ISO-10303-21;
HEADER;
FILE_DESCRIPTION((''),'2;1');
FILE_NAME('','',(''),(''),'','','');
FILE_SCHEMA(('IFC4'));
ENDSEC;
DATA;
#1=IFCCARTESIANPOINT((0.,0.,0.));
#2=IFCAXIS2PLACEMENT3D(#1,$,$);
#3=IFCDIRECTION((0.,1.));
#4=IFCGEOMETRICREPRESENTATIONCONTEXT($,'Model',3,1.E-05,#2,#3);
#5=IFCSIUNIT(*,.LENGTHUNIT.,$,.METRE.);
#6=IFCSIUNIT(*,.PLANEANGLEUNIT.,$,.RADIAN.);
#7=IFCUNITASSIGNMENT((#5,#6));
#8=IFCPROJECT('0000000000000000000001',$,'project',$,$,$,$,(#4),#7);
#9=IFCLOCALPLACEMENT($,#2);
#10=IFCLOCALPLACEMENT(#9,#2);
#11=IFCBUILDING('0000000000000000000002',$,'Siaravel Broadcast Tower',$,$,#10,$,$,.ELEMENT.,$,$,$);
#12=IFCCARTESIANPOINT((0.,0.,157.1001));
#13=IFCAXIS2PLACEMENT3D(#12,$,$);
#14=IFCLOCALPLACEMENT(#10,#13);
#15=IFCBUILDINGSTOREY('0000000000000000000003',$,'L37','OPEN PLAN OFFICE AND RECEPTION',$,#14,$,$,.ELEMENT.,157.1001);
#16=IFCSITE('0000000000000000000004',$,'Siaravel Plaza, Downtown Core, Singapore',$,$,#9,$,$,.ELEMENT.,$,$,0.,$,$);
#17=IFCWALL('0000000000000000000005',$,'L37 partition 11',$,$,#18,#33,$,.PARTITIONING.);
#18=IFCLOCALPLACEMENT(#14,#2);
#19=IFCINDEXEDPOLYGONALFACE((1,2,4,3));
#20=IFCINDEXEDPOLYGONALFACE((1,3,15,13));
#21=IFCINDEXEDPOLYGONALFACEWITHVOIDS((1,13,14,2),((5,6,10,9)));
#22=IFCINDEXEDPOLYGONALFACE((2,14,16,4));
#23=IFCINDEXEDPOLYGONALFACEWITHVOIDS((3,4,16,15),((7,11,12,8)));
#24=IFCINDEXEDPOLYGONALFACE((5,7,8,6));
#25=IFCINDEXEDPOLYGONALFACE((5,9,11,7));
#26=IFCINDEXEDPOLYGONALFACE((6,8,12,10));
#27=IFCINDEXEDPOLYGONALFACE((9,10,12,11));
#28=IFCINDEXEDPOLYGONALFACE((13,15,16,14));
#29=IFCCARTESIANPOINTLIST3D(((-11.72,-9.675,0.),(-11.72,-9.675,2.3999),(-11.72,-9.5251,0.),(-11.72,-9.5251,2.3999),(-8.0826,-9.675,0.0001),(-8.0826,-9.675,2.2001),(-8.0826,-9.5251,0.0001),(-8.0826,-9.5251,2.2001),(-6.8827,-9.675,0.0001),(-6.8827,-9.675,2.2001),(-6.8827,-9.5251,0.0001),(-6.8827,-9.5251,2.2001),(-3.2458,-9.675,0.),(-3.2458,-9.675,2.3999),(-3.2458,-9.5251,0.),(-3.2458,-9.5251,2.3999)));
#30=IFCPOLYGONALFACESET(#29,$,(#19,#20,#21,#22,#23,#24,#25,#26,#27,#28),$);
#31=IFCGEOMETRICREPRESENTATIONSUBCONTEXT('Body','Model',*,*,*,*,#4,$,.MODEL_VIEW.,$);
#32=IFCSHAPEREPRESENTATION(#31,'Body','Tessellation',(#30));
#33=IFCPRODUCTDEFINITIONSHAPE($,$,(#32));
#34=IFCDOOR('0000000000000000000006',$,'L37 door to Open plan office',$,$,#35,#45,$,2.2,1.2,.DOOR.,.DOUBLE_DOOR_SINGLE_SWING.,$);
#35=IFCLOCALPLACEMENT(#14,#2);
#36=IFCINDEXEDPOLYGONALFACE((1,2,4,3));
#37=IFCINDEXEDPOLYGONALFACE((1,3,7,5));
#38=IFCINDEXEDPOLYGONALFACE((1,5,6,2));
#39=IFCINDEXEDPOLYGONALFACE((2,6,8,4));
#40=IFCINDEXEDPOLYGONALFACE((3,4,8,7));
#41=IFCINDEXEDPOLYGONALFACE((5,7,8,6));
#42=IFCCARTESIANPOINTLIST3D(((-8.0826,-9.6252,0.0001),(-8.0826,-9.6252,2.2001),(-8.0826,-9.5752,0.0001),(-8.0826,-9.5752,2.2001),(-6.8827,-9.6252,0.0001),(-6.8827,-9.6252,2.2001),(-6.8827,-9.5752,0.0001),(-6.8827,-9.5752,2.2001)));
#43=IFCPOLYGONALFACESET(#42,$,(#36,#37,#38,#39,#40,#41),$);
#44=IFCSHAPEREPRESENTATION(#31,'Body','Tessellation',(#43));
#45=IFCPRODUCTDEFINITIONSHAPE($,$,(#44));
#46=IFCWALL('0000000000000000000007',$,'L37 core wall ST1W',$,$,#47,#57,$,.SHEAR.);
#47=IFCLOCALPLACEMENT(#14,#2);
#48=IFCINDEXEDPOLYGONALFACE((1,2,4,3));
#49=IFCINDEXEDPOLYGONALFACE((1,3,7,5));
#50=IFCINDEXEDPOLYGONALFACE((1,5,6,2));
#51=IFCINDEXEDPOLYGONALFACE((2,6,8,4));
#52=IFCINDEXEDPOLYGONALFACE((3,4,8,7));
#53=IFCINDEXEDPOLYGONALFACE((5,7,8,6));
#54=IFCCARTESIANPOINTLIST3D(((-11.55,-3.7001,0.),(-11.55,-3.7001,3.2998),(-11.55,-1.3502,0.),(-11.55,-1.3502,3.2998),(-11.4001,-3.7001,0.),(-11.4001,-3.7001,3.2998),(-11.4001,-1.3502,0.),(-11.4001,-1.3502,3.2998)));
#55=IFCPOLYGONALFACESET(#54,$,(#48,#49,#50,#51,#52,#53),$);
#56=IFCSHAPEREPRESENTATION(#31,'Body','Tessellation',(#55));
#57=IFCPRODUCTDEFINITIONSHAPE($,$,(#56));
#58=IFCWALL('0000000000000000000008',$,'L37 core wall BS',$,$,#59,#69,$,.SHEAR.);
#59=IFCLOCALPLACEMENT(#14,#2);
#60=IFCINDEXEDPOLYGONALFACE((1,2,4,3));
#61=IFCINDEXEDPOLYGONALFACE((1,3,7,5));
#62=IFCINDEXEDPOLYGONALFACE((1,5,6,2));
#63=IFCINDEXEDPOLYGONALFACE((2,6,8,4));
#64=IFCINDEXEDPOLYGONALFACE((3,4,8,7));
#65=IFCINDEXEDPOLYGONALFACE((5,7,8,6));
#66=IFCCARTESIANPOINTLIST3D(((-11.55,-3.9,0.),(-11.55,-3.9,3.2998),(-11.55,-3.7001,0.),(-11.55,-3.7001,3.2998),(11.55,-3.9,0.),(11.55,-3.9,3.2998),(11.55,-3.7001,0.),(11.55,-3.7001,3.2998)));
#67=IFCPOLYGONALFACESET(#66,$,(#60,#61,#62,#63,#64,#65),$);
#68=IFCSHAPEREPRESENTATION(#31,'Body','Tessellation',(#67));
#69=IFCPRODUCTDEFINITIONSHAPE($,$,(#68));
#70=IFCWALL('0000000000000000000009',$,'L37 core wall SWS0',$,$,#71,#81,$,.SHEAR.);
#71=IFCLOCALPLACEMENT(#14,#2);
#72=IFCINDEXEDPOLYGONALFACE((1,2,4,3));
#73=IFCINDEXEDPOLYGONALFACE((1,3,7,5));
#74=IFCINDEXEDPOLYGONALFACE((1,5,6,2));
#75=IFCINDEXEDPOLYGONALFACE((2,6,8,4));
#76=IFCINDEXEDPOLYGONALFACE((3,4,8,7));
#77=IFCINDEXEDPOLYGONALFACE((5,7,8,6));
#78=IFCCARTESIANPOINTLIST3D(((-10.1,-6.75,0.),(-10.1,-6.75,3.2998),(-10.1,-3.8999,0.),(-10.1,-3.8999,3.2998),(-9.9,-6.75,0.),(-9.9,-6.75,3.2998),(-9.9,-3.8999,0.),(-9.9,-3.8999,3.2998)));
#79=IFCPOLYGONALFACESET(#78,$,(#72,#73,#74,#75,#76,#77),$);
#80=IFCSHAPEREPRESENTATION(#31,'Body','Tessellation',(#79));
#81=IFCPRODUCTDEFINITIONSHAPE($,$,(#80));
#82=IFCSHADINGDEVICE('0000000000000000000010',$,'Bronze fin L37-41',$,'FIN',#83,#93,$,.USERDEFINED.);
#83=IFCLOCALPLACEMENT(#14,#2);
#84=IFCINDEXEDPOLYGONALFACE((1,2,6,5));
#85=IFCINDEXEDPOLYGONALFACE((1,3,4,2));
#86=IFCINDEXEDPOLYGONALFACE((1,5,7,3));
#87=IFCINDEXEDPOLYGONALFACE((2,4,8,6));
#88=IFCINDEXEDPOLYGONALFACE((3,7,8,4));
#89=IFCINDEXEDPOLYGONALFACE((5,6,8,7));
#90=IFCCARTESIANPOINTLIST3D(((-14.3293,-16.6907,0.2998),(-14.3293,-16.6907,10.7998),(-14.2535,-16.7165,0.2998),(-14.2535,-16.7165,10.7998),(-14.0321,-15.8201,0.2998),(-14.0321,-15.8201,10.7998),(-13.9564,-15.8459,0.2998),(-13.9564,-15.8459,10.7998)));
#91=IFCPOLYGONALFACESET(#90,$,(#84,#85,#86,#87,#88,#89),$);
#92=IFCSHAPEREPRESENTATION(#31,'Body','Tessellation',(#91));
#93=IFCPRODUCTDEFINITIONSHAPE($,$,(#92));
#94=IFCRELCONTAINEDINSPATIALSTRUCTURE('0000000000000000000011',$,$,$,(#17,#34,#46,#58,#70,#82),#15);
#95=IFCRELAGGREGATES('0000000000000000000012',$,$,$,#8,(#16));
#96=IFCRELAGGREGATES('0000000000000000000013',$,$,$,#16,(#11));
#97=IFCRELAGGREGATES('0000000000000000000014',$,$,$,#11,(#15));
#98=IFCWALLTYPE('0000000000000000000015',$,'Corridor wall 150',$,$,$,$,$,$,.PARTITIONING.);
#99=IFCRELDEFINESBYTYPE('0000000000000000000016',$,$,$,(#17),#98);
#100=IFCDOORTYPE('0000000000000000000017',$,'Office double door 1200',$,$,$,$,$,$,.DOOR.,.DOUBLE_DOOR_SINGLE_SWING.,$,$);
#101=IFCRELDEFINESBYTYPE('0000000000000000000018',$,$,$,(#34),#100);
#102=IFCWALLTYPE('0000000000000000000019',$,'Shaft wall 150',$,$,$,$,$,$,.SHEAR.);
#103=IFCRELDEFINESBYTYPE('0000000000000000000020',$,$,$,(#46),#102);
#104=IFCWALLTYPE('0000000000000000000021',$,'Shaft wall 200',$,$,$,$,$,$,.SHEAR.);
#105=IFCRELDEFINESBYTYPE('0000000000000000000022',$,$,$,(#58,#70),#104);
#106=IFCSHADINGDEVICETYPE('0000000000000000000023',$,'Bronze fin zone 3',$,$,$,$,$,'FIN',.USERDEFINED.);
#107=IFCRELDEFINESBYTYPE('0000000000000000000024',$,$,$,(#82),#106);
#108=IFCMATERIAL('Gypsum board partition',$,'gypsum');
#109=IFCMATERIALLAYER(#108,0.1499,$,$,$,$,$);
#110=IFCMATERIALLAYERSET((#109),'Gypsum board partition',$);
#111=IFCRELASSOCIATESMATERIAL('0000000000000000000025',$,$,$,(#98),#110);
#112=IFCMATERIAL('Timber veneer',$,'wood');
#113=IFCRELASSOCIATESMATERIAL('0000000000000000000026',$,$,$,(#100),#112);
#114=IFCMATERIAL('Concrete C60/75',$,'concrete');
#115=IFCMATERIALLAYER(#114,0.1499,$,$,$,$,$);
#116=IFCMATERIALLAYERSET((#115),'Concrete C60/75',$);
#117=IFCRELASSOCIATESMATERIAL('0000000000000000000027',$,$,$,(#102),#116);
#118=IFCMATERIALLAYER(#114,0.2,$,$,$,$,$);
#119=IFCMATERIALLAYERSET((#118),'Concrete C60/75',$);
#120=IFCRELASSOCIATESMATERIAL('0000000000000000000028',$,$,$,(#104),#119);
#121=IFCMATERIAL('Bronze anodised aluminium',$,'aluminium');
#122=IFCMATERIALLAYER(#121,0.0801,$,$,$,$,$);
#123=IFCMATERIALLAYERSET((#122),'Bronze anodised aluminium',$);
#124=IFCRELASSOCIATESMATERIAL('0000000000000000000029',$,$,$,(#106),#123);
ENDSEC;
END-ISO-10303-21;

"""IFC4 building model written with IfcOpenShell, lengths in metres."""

from ifc_helpers import new_model, si_unit, direction, frame, frame_2d, origin, origin_2d, place, context, subcontext, project, spatial, rectangle, extrude, material, layer, layer_set, type_object, element, fill, save


model = new_model("IFC4")

# Units and contexts
model_context = context("Model", 3, precision=1e-05, world=origin(), true_north=direction((0.0, 1.0)))
body_context = subcontext(model_context, "Body", "Model", "MODEL_VIEW")
ifc_project = project(units=[si_unit("LENGTHUNIT", "METRE"), si_unit("PLANEANGLEUNIT", "RADIAN")], contexts=[model_context])

# Site, building, storey
site_placement = place(None, origin())
site = spatial("IfcSite", under=ifc_project, at=site_placement, Name="Siaravel Plaza, Downtown Core, Singapore", CompositionType="ELEMENT", RefElevation=0.0)
building_placement = place(site_placement, origin())
building = spatial("IfcBuilding", under=site, at=building_placement, Name="Siaravel Broadcast Tower", CompositionType="ELEMENT")
storey_placement = place(building_placement, frame((0.0, 0.0, 157.1001)))
storey = spatial("IfcBuildingStorey", under=building, at=storey_placement, Name="L37", Description="OPEN PLAN OFFICE AND RECEPTION", CompositionType="ELEMENT", Elevation=157.1001)

# Shared definitions
ifc_material_1 = material(Name="Concrete C60/75", Category="concrete")

# Shared definitions
ifc_material_2 = material(Name="Timber veneer", Category="wood")

# Wall, opening, door
ifc_material_3 = material(Name="Gypsum board partition", Category="gypsum")
ifc_layer_1 = layer(ifc_material_3, 0.1499)
ifc_layer_set_1 = layer_set([ifc_layer_1], Name="Gypsum board partition")
wall_type_1 = type_object("IfcWallType", Name="Corridor wall 150", PredefinedType="PARTITIONING", material=ifc_layer_set_1)
door_type_1 = type_object("IfcDoorType", Name="Office double door 1200", OperationType="DOUBLE_DOOR_SINGLE_SWING", PredefinedType="DOOR", material=ifc_material_2)
wall_1_placement = place(storey_placement, frame((-11.72, -9.6001, 0.0), z_axis=(0.0, 0.0, 1.0), x_axis=(1.0, 0.0, 0.0)))
wall_1 = element("IfcWall", 1, at=wall_1_placement, inside=storey, type_object=wall_type_1, Name="L37 partition 11", PredefinedType="PARTITIONING", context=body_context, shape_type="SweptSolid", body=[
    extrude(rectangle(XDim=8.4741, YDim=0.1499, at=frame_2d((4.2371, 0.0))), origin(), (0.0, 0.0, 1.0), 2.3999),
])
opening_1_placement = place(wall_1_placement, frame((3.6372, 0.0, 0.0)))
opening_1 = element("IfcOpeningElement", 2, at=opening_1_placement, cuts=wall_1, PredefinedType="OPENING", context=body_context, shape_type="SweptSolid", body=[
    extrude(rectangle(XDim=1.2, YDim=2.2, at=frame_2d((0.6001, 1.1001))), frame((0.0, 0.085, 0.0), z_axis=(0.0, -1.0, 0.0), x_axis=(1.0, 0.0, 0.0)), (0.0, 0.0, 1.0), 0.1699),
])
door_1_placement = place(opening_1_placement, origin())
door_1 = element("IfcDoor", 3, at=door_1_placement, inside=storey, type_object=door_type_1, Name="L37 door to Open plan office", OperationType="DOUBLE_DOOR_SINGLE_SWING", OverallHeight=2.2, OverallWidth=1.2, PredefinedType="DOOR", context=body_context, shape_type="SweptSolid", body=[
    extrude(rectangle(XDim=1.2, YDim=2.2, at=frame_2d((0.6001, 1.1001))), frame((0.0, 0.0249, 0.0), z_axis=(0.0, -1.0, 0.0), x_axis=(1.0, 0.0, 0.0)), (0.0, 0.0, 1.0), 0.05),
])
fill(opening_1, door_1)

# Walls
ifc_layer_2 = layer(ifc_material_1, 0.1499)
ifc_layer_set_2 = layer_set([ifc_layer_2], Name="Concrete C60/75")
wall_type_2 = type_object("IfcWallType", Name="Shaft wall 150", PredefinedType="SHEAR", material=ifc_layer_set_2)
wall_2_placement = place(storey_placement, frame((-11.4751, -3.7, 0.0), z_axis=(0.0, 0.0, 1.0), x_axis=(0.0, 1.0, 0.0)))
element("IfcWall", 4, at=wall_2_placement, inside=storey, type_object=wall_type_2, Name="L37 core wall ST1W", PredefinedType="SHEAR", context=body_context, shape_type="SweptSolid", body=[
    extrude(rectangle(XDim=2.3499, YDim=0.1499, at=frame_2d((1.1748, 0.0))), origin(), (0.0, 0.0, 1.0), 3.2998),
])
ifc_layer_3 = layer(ifc_material_1, 0.2)
ifc_layer_set_3 = layer_set([ifc_layer_3], Name="Concrete C60/75")
wall_type_3 = type_object("IfcWallType", Name="Shaft wall 200", PredefinedType="SHEAR", material=ifc_layer_set_3)
wall_3_placement = place(storey_placement, frame((-11.55, -3.8, 0.0), z_axis=(0.0, 0.0, 1.0), x_axis=(1.0, 0.0, 0.0)))
element("IfcWall", 5, at=wall_3_placement, inside=storey, type_object=wall_type_3, Name="L37 core wall BS", PredefinedType="SHEAR", context=body_context, shape_type="SweptSolid", body=[
    extrude(rectangle(XDim=23.1001, YDim=0.2, at=frame_2d((11.55, 0.0))), origin(), (0.0, 0.0, 1.0), 3.2998),
])
wall_4_placement = place(storey_placement, frame((-10.0, -6.75, 0.0), z_axis=(0.0, 0.0, 1.0), x_axis=(0.0, 1.0, 0.0)))
element("IfcWall", 6, at=wall_4_placement, inside=storey, type_object=wall_type_3, Name="L37 core wall SWS0", PredefinedType="SHEAR", context=body_context, shape_type="SweptSolid", body=[
    extrude(rectangle(XDim=2.8501, YDim=0.2, at=frame_2d((1.425, 0.0))), origin(), (0.0, 0.0, 1.0), 3.2998),
])

# Shading device
ifc_material_4 = material(Name="Bronze anodised aluminium", Category="aluminium")
ifc_layer_4 = layer(ifc_material_4, 0.0801)
ifc_layer_set_4 = layer_set([ifc_layer_4], Name="Bronze anodised aluminium")
shading_device_type = type_object("IfcShadingDeviceType", Name="Bronze fin zone 3", ElementType="FIN", PredefinedType="USERDEFINED", material=ifc_layer_set_4)
shading_device_placement = place(storey_placement, frame((-14.1428, -16.2683, 0.2998), z_axis=(0.0, 0.0, 1.0), x_axis=(-0.323019, -0.946392, 0.0)))
element("IfcShadingDevice", 7, at=shading_device_placement, inside=storey, type_object=shading_device_type, Name="Bronze fin L37-41", ObjectType="FIN", PredefinedType="USERDEFINED", context=body_context, shape_type="SweptSolid", body=[
    extrude(rectangle(XDim=0.9199, YDim=0.0801, at=origin_2d()), origin(), (0.0, 0.0, 1.0), 10.5),
])

save(model, "model.ifc")
